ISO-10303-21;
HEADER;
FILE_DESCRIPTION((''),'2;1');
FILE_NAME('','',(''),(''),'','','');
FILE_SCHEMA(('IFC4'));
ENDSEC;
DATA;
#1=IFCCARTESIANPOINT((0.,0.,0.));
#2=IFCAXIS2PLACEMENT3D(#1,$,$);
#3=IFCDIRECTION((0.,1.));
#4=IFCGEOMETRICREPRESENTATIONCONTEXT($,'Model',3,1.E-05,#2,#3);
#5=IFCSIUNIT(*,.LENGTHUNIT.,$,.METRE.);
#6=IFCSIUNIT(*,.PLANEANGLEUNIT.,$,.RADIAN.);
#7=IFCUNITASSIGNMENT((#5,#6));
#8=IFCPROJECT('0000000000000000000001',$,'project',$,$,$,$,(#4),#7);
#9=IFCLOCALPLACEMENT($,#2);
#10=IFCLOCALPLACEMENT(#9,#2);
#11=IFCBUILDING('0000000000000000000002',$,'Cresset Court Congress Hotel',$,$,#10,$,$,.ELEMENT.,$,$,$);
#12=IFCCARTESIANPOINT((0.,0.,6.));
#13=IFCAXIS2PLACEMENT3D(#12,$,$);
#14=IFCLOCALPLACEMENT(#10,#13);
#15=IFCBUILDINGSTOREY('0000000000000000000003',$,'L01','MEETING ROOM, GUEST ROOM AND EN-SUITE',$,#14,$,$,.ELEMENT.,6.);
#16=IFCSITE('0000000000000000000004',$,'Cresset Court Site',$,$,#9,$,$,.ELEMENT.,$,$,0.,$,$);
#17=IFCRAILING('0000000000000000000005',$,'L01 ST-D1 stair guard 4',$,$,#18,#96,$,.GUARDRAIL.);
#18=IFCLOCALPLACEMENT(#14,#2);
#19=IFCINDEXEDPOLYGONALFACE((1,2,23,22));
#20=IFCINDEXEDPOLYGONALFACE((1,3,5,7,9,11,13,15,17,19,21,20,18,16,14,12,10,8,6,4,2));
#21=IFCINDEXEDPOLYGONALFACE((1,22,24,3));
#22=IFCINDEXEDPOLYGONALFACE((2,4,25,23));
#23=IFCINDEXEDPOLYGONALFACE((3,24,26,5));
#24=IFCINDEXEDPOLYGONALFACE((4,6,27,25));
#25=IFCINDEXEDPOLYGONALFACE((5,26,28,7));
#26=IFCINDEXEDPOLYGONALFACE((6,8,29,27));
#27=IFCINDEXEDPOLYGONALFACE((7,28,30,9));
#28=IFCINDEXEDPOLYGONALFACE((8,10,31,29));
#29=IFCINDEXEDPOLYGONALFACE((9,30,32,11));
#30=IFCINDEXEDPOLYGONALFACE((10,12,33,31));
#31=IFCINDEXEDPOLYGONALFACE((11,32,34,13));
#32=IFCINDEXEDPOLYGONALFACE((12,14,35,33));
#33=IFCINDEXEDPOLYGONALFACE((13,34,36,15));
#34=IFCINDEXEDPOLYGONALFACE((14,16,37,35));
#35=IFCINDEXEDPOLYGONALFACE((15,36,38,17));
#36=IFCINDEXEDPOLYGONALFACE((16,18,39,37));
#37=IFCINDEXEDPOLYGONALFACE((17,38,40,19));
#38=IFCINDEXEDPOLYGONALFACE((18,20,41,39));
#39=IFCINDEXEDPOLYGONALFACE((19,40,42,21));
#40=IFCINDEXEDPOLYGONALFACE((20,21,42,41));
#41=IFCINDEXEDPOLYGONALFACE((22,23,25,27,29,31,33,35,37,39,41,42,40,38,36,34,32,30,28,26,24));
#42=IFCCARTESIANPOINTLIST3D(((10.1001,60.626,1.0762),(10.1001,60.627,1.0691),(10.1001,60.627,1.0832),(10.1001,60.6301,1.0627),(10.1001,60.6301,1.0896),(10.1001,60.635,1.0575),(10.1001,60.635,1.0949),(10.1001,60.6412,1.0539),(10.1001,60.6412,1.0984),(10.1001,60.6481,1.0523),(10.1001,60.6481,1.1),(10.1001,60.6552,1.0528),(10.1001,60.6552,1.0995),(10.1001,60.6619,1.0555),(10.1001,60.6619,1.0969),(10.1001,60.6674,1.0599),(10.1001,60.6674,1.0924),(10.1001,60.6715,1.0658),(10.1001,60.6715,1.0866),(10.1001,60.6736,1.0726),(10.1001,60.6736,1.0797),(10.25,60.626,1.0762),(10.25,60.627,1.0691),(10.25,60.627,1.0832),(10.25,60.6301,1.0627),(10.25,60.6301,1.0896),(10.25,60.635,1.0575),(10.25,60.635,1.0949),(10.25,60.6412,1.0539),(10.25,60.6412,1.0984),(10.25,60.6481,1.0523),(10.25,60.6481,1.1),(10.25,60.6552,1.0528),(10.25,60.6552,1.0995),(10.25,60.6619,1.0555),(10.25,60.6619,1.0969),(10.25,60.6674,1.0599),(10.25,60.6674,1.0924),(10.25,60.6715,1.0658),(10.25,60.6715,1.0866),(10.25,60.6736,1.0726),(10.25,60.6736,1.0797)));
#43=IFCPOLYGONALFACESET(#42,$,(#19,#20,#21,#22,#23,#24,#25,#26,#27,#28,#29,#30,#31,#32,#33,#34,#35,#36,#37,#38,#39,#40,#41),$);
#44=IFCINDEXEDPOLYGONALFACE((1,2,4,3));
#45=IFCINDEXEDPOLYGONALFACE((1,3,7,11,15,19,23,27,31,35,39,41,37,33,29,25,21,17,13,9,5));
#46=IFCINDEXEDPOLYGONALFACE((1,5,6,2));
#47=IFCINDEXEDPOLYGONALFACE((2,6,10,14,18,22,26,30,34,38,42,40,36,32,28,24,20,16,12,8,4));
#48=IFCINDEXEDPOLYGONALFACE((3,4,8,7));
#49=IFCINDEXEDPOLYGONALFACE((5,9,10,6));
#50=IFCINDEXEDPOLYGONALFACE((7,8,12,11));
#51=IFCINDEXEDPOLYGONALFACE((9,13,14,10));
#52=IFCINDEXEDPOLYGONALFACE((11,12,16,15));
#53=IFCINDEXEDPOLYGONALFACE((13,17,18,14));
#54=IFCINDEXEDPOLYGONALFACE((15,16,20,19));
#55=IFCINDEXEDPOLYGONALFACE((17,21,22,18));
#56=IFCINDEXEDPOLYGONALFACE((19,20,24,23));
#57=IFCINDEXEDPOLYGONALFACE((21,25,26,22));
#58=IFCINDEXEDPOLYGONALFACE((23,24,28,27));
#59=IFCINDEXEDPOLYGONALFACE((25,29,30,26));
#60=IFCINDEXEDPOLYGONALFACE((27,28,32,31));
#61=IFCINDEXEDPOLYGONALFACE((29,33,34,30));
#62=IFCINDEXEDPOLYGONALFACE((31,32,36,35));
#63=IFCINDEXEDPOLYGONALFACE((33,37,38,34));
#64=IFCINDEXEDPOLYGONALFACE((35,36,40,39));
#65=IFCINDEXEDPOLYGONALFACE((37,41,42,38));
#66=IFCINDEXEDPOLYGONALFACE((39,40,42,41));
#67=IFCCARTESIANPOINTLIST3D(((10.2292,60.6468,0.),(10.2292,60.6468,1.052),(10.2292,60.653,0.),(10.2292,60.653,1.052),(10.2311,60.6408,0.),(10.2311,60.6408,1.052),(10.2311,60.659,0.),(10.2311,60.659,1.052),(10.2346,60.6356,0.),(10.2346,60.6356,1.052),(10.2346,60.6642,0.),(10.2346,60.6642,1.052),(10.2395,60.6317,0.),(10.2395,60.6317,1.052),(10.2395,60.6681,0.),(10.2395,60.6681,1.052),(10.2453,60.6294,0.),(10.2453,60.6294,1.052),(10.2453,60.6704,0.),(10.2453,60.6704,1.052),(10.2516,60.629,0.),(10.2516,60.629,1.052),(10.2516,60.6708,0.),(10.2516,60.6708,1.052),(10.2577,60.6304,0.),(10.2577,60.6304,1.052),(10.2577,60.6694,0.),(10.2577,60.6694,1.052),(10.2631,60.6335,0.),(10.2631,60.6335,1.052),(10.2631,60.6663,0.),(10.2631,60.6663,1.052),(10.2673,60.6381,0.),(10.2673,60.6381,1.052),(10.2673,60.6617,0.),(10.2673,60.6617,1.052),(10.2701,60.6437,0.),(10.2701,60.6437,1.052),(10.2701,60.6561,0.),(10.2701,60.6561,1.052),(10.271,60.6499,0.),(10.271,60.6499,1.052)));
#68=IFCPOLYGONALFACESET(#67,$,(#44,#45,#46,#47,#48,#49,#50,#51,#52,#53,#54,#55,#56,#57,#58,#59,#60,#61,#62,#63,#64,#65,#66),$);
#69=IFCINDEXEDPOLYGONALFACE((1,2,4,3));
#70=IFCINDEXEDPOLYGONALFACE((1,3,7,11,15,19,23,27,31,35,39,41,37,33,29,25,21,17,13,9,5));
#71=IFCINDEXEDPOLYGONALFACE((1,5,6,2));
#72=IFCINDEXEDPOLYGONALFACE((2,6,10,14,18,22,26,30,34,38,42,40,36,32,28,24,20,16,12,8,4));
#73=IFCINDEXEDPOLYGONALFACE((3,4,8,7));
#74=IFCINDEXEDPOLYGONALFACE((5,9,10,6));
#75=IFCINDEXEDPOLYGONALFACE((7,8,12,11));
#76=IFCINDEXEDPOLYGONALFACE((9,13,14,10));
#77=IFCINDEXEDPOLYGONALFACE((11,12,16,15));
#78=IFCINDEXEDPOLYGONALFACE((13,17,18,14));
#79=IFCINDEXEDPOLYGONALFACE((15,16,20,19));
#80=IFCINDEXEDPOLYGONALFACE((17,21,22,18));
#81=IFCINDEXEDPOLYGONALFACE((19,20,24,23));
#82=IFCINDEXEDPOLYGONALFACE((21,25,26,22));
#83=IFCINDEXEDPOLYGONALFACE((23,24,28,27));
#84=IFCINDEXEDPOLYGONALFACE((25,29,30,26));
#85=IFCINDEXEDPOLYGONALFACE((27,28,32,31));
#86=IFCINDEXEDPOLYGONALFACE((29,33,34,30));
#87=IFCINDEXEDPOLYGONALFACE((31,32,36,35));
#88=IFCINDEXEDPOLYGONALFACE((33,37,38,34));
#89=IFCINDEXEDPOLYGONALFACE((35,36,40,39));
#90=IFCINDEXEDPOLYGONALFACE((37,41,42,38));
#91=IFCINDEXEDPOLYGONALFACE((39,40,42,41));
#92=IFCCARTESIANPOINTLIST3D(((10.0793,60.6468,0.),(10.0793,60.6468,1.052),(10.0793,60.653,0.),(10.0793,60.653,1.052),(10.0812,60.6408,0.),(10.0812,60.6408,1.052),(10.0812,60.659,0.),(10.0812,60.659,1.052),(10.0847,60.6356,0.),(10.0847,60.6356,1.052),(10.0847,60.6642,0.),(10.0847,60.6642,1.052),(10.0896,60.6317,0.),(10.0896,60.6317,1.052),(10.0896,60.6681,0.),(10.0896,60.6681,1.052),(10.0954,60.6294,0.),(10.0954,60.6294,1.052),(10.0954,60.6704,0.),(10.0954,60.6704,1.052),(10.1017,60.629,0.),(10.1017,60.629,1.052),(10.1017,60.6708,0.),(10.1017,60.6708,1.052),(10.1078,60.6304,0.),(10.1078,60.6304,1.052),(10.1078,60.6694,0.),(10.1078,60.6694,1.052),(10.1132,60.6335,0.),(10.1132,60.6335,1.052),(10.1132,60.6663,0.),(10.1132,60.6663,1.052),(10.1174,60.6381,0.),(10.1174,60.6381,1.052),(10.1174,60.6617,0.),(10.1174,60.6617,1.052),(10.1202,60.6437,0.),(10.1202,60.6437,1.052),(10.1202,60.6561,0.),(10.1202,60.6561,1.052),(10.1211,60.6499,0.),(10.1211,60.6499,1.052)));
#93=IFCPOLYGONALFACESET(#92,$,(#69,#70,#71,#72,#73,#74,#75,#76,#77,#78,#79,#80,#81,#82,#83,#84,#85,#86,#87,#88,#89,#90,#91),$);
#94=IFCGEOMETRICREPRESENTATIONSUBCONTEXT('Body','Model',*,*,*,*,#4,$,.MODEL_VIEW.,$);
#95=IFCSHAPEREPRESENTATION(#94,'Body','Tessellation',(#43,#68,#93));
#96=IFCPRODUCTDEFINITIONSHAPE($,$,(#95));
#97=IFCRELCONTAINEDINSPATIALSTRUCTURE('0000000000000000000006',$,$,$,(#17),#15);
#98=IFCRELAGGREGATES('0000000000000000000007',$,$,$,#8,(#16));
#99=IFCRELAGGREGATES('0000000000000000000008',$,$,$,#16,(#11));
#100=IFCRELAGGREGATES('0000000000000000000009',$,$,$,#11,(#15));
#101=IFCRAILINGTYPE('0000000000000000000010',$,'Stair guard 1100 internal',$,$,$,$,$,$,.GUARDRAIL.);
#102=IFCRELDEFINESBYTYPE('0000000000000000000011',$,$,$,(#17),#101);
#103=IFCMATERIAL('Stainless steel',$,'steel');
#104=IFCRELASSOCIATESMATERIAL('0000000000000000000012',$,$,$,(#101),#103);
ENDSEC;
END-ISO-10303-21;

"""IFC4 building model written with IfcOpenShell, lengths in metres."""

from ifc_helpers import new_model, si_unit, direction, frame, origin, origin_2d, place, context, subcontext, project, spatial, circle, extrude, material, type_object, element, save


model = new_model("IFC4")

# Units and contexts
model_context = context("Model", 3, precision=1e-05, world=origin(), true_north=direction((0.0, 1.0)))
body_context = subcontext(model_context, "Body", "Model", "MODEL_VIEW")
ifc_project = project(units=[si_unit("LENGTHUNIT", "METRE"), si_unit("PLANEANGLEUNIT", "RADIAN")], contexts=[model_context])

# Site, building, storey
site_placement = place(None, origin())
site = spatial("IfcSite", under=ifc_project, at=site_placement, Name="Cresset Court Site", CompositionType="ELEMENT", RefElevation=0.0)
building_placement = place(site_placement, origin())
building = spatial("IfcBuilding", under=site, at=building_placement, Name="Cresset Court Congress Hotel", CompositionType="ELEMENT")
storey_placement = place(building_placement, frame((0.0, 0.0, 6.0)))
storey = spatial("IfcBuildingStorey", under=building, at=storey_placement, Name="L01", Description="MEETING ROOM, GUEST ROOM AND EN-SUITE", CompositionType="ELEMENT", Elevation=6.0)

# Railing
ifc_material_1 = material(Name="Stainless steel", Category="steel")
railing_type_1 = type_object("IfcRailingType", Name="Stair guard 1100 internal", PredefinedType="GUARDRAIL", material=ifc_material_1)
railing_1_placement = place(storey_placement, frame((10.25, 60.6499, 0.0)))
element("IfcRailing", 1, at=railing_1_placement, inside=storey, type_object=railing_type_1, Name="L01 ST-D1 stair guard 4", PredefinedType="GUARDRAIL", context=body_context, shape_type="SweptSolid", body=[
    extrude(circle(Radius=0.0239, at=origin_2d()), frame((0.0, 0.0, 1.0762), z_axis=(-1.0, 0.0, 0.0), x_axis=(0.0, -1.0, 0.0)), (0.0, 0.0, 1.0), 0.1499),
    extrude(circle(Radius=0.021, at=origin_2d()), origin(), (0.0, 0.0, 1.0), 1.052),
    extrude(circle(Radius=0.021, at=origin_2d()), frame((-0.1499, 0.0, 0.0)), (0.0, 0.0, 1.0), 1.052),
])

save(model, "model.ifc")
